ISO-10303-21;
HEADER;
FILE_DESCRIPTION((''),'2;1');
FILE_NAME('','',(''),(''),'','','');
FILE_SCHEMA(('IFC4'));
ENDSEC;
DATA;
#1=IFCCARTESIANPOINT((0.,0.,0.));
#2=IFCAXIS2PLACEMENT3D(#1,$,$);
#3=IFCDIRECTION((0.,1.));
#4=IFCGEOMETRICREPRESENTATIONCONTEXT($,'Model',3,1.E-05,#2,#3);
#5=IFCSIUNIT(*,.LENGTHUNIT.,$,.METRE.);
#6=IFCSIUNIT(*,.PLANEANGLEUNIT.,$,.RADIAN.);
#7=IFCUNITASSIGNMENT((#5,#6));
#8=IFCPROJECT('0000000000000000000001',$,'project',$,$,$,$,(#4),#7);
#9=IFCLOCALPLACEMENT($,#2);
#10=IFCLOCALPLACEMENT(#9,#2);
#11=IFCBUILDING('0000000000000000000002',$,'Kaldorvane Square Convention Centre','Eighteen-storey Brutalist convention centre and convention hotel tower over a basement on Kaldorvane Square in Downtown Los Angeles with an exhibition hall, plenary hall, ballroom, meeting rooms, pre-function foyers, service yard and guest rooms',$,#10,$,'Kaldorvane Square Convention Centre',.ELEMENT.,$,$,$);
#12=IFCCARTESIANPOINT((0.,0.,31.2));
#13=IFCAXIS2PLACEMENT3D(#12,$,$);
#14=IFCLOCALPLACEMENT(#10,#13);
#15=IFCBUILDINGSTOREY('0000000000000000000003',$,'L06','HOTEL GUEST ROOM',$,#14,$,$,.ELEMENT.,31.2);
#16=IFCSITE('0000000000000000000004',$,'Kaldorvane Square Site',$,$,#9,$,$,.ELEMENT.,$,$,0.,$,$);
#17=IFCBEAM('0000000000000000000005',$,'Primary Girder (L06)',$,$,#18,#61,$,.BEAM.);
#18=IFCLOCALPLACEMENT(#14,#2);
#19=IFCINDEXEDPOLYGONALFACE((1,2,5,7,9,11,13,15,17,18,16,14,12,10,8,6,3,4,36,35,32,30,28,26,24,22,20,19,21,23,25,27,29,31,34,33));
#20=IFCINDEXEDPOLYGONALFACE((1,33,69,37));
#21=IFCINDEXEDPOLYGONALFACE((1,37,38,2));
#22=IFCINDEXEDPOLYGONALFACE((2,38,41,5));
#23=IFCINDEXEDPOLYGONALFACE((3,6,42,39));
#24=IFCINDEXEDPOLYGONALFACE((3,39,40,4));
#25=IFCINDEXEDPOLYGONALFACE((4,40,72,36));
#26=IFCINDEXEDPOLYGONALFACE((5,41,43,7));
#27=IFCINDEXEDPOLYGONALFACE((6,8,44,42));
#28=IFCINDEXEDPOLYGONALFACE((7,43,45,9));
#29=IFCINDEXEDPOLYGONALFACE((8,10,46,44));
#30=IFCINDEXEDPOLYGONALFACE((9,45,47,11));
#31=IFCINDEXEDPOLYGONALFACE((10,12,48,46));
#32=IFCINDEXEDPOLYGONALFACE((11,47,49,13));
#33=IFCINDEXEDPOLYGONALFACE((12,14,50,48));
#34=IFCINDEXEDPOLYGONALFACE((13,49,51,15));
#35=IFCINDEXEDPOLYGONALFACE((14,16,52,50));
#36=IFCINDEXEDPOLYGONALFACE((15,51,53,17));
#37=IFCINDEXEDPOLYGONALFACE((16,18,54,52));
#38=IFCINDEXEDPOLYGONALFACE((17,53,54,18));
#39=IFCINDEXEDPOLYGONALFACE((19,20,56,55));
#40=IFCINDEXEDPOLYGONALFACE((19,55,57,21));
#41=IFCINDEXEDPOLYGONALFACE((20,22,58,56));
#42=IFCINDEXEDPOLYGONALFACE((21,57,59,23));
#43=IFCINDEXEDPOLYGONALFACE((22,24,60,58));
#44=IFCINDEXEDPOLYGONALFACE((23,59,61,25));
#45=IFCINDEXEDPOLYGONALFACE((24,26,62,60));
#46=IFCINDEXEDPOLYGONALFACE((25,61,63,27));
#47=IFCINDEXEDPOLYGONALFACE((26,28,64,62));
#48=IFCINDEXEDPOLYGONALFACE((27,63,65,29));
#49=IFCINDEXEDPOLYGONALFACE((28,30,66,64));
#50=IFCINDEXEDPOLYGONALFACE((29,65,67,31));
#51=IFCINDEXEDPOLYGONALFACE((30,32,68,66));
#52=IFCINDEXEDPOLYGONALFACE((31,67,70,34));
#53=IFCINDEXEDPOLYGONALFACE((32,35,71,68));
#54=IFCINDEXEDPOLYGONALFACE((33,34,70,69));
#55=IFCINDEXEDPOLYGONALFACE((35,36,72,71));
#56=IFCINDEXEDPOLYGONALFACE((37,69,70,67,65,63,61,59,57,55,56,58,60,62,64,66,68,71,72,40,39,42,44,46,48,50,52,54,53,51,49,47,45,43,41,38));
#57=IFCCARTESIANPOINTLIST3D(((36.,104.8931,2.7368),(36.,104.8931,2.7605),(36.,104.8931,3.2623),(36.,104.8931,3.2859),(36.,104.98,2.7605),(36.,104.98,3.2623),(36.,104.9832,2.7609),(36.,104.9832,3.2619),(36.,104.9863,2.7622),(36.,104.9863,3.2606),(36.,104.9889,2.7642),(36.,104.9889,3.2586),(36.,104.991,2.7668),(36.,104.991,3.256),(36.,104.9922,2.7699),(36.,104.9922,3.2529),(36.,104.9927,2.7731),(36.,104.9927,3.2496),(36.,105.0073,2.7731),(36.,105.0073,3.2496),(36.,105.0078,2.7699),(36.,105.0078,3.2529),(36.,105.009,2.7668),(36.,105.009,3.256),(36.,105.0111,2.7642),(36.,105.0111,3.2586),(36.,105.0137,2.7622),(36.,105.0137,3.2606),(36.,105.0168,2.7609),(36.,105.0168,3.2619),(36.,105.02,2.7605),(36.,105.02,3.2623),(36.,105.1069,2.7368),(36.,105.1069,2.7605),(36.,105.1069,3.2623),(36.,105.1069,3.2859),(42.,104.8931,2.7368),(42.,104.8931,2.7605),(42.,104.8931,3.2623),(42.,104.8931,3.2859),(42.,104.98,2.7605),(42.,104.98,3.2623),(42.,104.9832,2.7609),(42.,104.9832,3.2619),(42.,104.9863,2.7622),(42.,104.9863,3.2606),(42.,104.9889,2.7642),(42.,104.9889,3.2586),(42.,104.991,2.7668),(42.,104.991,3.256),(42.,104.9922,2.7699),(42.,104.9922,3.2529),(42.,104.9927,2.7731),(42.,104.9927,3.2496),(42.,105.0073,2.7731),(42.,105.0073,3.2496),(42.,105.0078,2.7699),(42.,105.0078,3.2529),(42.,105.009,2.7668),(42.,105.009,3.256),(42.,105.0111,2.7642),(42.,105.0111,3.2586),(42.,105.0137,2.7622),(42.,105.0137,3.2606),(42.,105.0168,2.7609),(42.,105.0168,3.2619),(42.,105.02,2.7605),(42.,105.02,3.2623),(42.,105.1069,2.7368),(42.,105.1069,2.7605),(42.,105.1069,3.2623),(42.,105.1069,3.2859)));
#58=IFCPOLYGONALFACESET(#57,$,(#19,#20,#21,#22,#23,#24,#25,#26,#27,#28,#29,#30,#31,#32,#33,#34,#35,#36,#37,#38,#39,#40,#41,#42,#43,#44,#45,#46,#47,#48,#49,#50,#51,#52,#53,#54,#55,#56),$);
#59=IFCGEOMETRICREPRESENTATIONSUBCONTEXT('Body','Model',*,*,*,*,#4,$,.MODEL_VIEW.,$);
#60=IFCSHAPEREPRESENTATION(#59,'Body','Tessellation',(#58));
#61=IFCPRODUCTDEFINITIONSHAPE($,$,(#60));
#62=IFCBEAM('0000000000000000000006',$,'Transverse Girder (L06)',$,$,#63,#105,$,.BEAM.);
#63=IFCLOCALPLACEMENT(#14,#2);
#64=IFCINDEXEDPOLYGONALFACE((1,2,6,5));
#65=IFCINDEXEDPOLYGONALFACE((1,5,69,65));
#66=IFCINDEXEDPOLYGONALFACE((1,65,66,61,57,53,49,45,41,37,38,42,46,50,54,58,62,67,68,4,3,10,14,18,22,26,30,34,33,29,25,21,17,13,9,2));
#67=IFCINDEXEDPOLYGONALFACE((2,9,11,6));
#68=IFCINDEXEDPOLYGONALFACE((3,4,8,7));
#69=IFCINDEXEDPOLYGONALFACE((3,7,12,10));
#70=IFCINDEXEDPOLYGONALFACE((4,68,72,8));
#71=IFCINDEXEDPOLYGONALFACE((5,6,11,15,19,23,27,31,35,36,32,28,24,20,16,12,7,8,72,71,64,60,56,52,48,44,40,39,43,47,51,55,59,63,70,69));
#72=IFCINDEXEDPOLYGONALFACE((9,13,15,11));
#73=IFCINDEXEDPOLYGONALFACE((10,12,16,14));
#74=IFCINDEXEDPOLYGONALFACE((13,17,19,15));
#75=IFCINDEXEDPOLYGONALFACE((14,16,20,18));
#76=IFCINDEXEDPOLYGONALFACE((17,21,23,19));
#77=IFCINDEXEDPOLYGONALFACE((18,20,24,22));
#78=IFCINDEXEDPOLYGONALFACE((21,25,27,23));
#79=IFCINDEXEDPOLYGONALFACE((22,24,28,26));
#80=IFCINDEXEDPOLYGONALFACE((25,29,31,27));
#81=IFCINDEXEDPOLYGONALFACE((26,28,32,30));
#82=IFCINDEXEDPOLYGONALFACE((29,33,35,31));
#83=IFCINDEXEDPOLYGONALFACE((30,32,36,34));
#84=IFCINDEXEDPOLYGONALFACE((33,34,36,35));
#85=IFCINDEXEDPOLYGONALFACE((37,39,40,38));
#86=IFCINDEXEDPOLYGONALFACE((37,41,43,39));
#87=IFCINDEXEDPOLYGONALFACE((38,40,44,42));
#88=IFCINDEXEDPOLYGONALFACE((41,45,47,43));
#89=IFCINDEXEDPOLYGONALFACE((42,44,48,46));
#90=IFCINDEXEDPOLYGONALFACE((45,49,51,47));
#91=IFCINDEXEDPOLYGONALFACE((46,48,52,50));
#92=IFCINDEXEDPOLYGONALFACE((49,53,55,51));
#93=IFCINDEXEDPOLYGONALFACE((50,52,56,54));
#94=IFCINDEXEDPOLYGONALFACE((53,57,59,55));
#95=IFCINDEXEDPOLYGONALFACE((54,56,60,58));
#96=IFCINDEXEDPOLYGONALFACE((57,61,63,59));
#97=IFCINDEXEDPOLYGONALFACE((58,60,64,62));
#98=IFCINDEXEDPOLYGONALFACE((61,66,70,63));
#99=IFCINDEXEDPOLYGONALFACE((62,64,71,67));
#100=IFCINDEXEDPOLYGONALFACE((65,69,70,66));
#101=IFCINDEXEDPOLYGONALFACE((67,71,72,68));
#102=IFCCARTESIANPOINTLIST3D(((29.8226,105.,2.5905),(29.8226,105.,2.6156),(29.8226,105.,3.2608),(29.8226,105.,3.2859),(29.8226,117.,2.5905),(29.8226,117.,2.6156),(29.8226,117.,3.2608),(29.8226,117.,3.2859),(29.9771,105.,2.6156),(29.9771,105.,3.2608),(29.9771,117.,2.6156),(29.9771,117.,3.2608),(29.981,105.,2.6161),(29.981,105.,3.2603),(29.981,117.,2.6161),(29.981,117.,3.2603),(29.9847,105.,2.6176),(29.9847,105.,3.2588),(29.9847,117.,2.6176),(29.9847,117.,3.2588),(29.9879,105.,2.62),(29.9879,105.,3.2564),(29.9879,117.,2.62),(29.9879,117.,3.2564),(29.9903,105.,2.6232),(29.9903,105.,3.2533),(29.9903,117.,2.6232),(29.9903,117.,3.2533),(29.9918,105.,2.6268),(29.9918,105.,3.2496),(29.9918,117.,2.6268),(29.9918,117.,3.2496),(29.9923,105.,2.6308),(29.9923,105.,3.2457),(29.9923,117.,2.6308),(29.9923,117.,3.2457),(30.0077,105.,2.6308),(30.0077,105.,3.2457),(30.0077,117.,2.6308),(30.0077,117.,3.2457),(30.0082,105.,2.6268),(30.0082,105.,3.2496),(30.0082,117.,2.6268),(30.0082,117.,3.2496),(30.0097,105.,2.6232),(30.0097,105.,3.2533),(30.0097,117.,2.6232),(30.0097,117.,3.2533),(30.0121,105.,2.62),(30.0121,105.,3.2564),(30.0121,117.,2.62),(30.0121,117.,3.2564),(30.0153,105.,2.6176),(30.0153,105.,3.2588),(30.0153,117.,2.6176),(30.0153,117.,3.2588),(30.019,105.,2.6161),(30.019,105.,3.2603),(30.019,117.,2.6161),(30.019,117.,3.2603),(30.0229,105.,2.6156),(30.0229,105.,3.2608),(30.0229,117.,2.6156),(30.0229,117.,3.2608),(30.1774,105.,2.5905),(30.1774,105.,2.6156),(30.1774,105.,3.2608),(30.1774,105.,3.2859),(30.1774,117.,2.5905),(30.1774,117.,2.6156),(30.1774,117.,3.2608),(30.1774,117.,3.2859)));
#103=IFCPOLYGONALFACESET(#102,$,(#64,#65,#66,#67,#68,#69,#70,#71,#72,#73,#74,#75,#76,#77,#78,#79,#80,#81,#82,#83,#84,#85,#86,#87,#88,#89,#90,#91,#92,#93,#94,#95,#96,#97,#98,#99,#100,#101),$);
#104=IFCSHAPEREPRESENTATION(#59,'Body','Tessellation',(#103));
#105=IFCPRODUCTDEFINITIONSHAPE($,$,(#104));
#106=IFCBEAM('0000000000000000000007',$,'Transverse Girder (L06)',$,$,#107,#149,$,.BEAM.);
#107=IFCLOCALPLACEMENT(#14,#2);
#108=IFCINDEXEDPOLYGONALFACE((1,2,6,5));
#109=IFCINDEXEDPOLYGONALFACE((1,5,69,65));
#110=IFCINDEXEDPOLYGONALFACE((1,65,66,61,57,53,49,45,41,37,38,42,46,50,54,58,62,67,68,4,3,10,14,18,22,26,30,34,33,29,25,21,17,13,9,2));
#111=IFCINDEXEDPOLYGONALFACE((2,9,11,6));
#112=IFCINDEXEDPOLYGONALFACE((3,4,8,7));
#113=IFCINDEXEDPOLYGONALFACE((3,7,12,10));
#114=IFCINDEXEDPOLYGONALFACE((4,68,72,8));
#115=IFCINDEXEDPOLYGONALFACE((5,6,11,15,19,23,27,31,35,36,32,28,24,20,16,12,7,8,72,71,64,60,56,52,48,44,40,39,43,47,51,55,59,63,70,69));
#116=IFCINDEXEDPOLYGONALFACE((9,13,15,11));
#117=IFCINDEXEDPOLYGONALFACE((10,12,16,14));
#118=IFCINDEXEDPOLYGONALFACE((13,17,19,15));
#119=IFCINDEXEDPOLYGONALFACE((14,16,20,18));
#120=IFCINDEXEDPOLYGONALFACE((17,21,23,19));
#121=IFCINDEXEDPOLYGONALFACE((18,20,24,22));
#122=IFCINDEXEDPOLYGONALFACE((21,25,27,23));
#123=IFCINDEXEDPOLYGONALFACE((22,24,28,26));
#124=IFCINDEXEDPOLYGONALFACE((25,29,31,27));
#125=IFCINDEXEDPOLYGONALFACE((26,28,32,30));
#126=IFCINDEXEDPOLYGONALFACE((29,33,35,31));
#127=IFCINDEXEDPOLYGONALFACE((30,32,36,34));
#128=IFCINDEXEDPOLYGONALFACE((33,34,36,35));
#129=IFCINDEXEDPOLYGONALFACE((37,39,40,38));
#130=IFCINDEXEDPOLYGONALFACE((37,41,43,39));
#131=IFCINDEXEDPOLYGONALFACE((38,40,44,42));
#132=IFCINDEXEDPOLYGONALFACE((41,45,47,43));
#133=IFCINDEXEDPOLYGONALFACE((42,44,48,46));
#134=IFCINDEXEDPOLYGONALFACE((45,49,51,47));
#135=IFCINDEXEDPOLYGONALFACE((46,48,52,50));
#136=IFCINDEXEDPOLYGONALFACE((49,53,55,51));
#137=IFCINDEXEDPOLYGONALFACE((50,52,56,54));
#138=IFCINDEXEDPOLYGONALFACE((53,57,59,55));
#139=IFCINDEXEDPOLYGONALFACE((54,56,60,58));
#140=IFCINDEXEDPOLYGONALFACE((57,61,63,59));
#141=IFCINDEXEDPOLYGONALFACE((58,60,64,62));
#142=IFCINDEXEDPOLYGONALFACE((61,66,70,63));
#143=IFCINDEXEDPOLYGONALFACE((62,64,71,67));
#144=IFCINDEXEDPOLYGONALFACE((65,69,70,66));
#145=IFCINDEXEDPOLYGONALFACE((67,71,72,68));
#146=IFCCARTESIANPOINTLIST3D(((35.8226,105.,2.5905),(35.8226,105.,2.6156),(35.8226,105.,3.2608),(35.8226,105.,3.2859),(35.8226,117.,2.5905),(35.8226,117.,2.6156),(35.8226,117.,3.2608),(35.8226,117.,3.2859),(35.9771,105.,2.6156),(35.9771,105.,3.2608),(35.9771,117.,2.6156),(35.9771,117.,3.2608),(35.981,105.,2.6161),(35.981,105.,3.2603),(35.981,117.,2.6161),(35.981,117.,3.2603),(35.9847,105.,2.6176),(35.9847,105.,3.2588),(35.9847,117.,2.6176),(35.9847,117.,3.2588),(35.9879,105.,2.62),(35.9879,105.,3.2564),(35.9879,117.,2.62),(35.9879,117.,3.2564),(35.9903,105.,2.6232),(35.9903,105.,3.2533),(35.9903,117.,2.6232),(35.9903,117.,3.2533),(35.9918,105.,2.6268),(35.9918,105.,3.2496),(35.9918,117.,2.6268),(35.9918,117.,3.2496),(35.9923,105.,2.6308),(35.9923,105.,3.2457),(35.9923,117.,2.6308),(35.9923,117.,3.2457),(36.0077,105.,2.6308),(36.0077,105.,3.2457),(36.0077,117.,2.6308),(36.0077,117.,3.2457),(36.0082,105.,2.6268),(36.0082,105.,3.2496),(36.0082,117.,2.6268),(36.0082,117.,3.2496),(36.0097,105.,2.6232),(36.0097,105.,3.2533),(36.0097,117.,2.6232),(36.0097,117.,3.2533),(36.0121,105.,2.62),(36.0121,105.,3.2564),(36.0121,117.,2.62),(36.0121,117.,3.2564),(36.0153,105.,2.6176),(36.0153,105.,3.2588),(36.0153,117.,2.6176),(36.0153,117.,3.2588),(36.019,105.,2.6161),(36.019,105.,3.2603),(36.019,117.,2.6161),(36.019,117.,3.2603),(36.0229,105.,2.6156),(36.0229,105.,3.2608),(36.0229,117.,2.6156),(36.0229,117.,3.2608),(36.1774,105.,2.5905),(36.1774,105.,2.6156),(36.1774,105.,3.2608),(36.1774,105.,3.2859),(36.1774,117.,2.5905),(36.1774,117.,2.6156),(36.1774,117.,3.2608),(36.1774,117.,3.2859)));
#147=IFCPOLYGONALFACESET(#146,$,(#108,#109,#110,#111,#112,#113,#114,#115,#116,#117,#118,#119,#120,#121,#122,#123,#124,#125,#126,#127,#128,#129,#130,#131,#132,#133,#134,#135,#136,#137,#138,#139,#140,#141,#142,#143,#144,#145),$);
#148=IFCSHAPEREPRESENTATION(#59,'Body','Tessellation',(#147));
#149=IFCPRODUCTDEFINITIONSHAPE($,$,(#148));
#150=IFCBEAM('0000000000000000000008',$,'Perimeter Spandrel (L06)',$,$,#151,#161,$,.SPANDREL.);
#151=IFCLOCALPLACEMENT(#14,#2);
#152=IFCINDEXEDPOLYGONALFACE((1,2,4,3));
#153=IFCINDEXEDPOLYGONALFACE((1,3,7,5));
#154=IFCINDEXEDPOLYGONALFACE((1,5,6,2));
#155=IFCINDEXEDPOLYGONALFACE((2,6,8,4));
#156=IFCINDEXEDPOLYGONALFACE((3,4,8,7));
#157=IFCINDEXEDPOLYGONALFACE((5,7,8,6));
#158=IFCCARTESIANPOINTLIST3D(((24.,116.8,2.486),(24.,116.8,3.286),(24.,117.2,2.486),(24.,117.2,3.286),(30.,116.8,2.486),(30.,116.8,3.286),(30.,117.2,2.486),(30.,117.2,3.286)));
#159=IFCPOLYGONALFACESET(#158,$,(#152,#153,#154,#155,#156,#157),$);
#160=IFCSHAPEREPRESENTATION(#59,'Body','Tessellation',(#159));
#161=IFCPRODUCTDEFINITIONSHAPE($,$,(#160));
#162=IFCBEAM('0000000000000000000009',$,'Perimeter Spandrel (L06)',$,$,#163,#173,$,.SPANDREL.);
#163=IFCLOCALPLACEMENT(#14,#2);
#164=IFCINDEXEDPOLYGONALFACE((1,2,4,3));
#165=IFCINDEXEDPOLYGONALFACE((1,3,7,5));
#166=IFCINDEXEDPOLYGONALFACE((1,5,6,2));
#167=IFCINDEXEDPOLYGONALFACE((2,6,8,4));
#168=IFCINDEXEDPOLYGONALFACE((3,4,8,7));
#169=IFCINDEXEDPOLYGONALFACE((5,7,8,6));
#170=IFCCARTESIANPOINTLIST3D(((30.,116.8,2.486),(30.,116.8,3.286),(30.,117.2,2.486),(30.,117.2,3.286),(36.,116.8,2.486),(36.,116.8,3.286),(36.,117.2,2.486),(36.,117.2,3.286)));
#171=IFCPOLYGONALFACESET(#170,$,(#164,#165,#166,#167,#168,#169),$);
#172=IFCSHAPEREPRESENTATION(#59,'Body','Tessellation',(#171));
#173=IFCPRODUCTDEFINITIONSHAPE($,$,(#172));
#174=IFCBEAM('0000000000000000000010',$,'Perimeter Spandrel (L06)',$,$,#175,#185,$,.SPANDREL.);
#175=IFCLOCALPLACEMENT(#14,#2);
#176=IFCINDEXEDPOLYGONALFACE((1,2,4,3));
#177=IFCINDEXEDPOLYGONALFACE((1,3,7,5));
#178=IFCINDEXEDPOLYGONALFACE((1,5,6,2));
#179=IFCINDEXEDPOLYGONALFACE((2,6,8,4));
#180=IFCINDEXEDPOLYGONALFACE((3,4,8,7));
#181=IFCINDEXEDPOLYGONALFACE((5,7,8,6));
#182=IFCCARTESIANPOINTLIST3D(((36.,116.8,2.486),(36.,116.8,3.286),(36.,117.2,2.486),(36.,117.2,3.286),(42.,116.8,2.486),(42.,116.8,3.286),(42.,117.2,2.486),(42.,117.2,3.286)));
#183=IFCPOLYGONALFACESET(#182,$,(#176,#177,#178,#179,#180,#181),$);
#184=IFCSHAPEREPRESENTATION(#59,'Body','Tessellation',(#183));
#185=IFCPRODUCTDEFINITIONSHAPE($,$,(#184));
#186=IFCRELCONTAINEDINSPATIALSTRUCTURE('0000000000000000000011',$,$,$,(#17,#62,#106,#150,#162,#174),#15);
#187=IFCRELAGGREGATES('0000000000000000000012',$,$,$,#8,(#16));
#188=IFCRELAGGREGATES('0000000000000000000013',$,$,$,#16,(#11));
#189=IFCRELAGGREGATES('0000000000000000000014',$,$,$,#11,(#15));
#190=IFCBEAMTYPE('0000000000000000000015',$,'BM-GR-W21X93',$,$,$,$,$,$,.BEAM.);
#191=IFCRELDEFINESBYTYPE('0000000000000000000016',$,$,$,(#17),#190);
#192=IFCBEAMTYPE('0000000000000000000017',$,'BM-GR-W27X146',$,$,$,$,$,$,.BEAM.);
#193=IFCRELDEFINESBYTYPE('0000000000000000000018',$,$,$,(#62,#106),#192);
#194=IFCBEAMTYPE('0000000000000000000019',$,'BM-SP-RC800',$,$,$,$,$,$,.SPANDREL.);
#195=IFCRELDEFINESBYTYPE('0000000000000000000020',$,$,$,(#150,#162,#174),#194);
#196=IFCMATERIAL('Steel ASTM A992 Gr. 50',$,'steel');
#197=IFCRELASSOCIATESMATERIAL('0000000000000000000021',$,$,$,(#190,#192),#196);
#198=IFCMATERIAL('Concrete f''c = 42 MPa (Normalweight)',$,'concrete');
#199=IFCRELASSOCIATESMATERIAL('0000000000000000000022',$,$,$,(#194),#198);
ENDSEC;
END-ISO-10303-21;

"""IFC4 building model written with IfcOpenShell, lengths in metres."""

from ifc_helpers import new_model, si_unit, direction, frame, origin, origin_2d, place, context, subcontext, project, spatial, rectangle, i_section, extrude, material, material_profile, profile_set, type_object, element, save


model = new_model("IFC4")

# Units and contexts
model_context = context("Model", 3, precision=1e-05, world=origin(), true_north=direction((0.0, 1.0)))
body_context = subcontext(model_context, "Body", "Model", "MODEL_VIEW")
ifc_project = project(units=[si_unit("LENGTHUNIT", "METRE"), si_unit("PLANEANGLEUNIT", "RADIAN")], contexts=[model_context])

# Site, building, storey
site_placement = place(None, origin())
site = spatial("IfcSite", under=ifc_project, at=site_placement, Name="Kaldorvane Square Site", CompositionType="ELEMENT", RefElevation=0.0)
building_placement = place(site_placement, origin())
building = spatial("IfcBuilding", under=site, at=building_placement, Name="Kaldorvane Square Convention Centre", Description="Eighteen-storey Brutalist convention centre and convention hotel tower over a basement on Kaldorvane Square in Downtown Los Angeles with an exhibition hall, plenary hall, ballroom, meeting rooms, pre-function foyers, service yard and guest rooms", LongName="Kaldorvane Square Convention Centre", CompositionType="ELEMENT")
storey_placement = place(building_placement, frame((0.0, 0.0, 31.2)))
storey = spatial("IfcBuildingStorey", under=building, at=storey_placement, Name="L06", Description="HOTEL GUEST ROOM", CompositionType="ELEMENT", Elevation=31.2)

# Shared definitions
ifc_material_1 = material(Name="Steel ASTM A992 Gr. 50", Category="steel")

# Beams
ifc_material_profile_1 = material_profile(ifc_material_1, i_section(OverallWidth=0.2139, OverallDepth=0.5491, WebThickness=0.0147, FlangeThickness=0.0236, FilletRadius=0.0127, at=origin_2d()), Name="W21X93")
ifc_profile_set_1 = profile_set([ifc_material_profile_1], Name="Steel ASTM A992 Gr. 50")
beam_type_1 = type_object("IfcBeamType", Name="BM-GR-W21X93", PredefinedType="BEAM", material=ifc_profile_set_1)
for number, where, z_axis, x_axis, name in (
    (1, (36.0, 105.0, 3.0114), (1.0, 0.0, 0.0), (0.0, 1.0, 0.0), "Primary Girder (L06)"),
):
    element("IfcBeam", number, at=place(storey_placement, frame(where, z_axis=z_axis, x_axis=x_axis)), inside=storey, type_object=beam_type_1, Name=name, PredefinedType="BEAM", context=body_context, shape_type="SweptSolid", body=[
        extrude(i_section(OverallWidth=0.2139, OverallDepth=0.5491, WebThickness=0.0147, FlangeThickness=0.0236, FilletRadius=0.0127, at=origin_2d()), origin(), (0.0, 0.0, 1.0), 6.0),
    ])
ifc_material_profile_2 = material_profile(ifc_material_1, i_section(OverallWidth=0.3547, OverallDepth=0.6955, WebThickness=0.0154, FlangeThickness=0.0251, FilletRadius=0.0152, at=origin_2d()), Name="W27X146")
ifc_profile_set_2 = profile_set([ifc_material_profile_2], Name="Steel ASTM A992 Gr. 50")
beam_type_2 = type_object("IfcBeamType", Name="BM-GR-W27X146", PredefinedType="BEAM", material=ifc_profile_set_2)
for number, where, z_axis, x_axis, name in (
    (2, (30.0, 105.0, 2.9382), (0.0, 1.0, 0.0), (-1.0, 0.0, 0.0), "Transverse Girder (L06)"),
    (3, (36.0, 105.0, 2.9382), (0.0, 1.0, 0.0), (-1.0, 0.0, 0.0), "Transverse Girder (L06)"),
):
    element("IfcBeam", number, at=place(storey_placement, frame(where, z_axis=z_axis, x_axis=x_axis)), inside=storey, type_object=beam_type_2, Name=name, PredefinedType="BEAM", context=body_context, shape_type="SweptSolid", body=[
        extrude(i_section(OverallWidth=0.3547, OverallDepth=0.6955, WebThickness=0.0154, FlangeThickness=0.0251, FilletRadius=0.0152, at=origin_2d()), origin(), (0.0, 0.0, 1.0), 12.0),
    ])
ifc_material_2 = material(Name="Concrete f'c = 42 MPa (Normalweight)", Category="concrete")
ifc_material_profile_3 = material_profile(ifc_material_2, rectangle(XDim=0.4, YDim=0.8, at=origin_2d()), Name="RCSP800X400")
ifc_profile_set_3 = profile_set([ifc_material_profile_3], Name="Concrete f'c = 42 MPa (Normalweight)")
beam_type_3 = type_object("IfcBeamType", Name="BM-SP-RC800", PredefinedType="SPANDREL", material=ifc_profile_set_3)
for number, where, z_axis, x_axis, name in (
    (4, (24.0, 117.0, 2.886), (1.0, 0.0, 0.0), (0.0, 1.0, 0.0), "Perimeter Spandrel (L06)"),
    (5, (30.0, 117.0, 2.886), (1.0, 0.0, 0.0), (0.0, 1.0, 0.0), "Perimeter Spandrel (L06)"),
    (6, (36.0, 117.0, 2.886), (1.0, 0.0, 0.0), (0.0, 1.0, 0.0), "Perimeter Spandrel (L06)"),
):
    element("IfcBeam", number, at=place(storey_placement, frame(where, z_axis=z_axis, x_axis=x_axis)), inside=storey, type_object=beam_type_3, Name=name, PredefinedType="SPANDREL", context=body_context, shape_type="SweptSolid", body=[
        extrude(rectangle(XDim=0.4, YDim=0.8, at=origin_2d()), origin(), (0.0, 0.0, 1.0), 6.0),
    ])

save(model, "model.ifc")
